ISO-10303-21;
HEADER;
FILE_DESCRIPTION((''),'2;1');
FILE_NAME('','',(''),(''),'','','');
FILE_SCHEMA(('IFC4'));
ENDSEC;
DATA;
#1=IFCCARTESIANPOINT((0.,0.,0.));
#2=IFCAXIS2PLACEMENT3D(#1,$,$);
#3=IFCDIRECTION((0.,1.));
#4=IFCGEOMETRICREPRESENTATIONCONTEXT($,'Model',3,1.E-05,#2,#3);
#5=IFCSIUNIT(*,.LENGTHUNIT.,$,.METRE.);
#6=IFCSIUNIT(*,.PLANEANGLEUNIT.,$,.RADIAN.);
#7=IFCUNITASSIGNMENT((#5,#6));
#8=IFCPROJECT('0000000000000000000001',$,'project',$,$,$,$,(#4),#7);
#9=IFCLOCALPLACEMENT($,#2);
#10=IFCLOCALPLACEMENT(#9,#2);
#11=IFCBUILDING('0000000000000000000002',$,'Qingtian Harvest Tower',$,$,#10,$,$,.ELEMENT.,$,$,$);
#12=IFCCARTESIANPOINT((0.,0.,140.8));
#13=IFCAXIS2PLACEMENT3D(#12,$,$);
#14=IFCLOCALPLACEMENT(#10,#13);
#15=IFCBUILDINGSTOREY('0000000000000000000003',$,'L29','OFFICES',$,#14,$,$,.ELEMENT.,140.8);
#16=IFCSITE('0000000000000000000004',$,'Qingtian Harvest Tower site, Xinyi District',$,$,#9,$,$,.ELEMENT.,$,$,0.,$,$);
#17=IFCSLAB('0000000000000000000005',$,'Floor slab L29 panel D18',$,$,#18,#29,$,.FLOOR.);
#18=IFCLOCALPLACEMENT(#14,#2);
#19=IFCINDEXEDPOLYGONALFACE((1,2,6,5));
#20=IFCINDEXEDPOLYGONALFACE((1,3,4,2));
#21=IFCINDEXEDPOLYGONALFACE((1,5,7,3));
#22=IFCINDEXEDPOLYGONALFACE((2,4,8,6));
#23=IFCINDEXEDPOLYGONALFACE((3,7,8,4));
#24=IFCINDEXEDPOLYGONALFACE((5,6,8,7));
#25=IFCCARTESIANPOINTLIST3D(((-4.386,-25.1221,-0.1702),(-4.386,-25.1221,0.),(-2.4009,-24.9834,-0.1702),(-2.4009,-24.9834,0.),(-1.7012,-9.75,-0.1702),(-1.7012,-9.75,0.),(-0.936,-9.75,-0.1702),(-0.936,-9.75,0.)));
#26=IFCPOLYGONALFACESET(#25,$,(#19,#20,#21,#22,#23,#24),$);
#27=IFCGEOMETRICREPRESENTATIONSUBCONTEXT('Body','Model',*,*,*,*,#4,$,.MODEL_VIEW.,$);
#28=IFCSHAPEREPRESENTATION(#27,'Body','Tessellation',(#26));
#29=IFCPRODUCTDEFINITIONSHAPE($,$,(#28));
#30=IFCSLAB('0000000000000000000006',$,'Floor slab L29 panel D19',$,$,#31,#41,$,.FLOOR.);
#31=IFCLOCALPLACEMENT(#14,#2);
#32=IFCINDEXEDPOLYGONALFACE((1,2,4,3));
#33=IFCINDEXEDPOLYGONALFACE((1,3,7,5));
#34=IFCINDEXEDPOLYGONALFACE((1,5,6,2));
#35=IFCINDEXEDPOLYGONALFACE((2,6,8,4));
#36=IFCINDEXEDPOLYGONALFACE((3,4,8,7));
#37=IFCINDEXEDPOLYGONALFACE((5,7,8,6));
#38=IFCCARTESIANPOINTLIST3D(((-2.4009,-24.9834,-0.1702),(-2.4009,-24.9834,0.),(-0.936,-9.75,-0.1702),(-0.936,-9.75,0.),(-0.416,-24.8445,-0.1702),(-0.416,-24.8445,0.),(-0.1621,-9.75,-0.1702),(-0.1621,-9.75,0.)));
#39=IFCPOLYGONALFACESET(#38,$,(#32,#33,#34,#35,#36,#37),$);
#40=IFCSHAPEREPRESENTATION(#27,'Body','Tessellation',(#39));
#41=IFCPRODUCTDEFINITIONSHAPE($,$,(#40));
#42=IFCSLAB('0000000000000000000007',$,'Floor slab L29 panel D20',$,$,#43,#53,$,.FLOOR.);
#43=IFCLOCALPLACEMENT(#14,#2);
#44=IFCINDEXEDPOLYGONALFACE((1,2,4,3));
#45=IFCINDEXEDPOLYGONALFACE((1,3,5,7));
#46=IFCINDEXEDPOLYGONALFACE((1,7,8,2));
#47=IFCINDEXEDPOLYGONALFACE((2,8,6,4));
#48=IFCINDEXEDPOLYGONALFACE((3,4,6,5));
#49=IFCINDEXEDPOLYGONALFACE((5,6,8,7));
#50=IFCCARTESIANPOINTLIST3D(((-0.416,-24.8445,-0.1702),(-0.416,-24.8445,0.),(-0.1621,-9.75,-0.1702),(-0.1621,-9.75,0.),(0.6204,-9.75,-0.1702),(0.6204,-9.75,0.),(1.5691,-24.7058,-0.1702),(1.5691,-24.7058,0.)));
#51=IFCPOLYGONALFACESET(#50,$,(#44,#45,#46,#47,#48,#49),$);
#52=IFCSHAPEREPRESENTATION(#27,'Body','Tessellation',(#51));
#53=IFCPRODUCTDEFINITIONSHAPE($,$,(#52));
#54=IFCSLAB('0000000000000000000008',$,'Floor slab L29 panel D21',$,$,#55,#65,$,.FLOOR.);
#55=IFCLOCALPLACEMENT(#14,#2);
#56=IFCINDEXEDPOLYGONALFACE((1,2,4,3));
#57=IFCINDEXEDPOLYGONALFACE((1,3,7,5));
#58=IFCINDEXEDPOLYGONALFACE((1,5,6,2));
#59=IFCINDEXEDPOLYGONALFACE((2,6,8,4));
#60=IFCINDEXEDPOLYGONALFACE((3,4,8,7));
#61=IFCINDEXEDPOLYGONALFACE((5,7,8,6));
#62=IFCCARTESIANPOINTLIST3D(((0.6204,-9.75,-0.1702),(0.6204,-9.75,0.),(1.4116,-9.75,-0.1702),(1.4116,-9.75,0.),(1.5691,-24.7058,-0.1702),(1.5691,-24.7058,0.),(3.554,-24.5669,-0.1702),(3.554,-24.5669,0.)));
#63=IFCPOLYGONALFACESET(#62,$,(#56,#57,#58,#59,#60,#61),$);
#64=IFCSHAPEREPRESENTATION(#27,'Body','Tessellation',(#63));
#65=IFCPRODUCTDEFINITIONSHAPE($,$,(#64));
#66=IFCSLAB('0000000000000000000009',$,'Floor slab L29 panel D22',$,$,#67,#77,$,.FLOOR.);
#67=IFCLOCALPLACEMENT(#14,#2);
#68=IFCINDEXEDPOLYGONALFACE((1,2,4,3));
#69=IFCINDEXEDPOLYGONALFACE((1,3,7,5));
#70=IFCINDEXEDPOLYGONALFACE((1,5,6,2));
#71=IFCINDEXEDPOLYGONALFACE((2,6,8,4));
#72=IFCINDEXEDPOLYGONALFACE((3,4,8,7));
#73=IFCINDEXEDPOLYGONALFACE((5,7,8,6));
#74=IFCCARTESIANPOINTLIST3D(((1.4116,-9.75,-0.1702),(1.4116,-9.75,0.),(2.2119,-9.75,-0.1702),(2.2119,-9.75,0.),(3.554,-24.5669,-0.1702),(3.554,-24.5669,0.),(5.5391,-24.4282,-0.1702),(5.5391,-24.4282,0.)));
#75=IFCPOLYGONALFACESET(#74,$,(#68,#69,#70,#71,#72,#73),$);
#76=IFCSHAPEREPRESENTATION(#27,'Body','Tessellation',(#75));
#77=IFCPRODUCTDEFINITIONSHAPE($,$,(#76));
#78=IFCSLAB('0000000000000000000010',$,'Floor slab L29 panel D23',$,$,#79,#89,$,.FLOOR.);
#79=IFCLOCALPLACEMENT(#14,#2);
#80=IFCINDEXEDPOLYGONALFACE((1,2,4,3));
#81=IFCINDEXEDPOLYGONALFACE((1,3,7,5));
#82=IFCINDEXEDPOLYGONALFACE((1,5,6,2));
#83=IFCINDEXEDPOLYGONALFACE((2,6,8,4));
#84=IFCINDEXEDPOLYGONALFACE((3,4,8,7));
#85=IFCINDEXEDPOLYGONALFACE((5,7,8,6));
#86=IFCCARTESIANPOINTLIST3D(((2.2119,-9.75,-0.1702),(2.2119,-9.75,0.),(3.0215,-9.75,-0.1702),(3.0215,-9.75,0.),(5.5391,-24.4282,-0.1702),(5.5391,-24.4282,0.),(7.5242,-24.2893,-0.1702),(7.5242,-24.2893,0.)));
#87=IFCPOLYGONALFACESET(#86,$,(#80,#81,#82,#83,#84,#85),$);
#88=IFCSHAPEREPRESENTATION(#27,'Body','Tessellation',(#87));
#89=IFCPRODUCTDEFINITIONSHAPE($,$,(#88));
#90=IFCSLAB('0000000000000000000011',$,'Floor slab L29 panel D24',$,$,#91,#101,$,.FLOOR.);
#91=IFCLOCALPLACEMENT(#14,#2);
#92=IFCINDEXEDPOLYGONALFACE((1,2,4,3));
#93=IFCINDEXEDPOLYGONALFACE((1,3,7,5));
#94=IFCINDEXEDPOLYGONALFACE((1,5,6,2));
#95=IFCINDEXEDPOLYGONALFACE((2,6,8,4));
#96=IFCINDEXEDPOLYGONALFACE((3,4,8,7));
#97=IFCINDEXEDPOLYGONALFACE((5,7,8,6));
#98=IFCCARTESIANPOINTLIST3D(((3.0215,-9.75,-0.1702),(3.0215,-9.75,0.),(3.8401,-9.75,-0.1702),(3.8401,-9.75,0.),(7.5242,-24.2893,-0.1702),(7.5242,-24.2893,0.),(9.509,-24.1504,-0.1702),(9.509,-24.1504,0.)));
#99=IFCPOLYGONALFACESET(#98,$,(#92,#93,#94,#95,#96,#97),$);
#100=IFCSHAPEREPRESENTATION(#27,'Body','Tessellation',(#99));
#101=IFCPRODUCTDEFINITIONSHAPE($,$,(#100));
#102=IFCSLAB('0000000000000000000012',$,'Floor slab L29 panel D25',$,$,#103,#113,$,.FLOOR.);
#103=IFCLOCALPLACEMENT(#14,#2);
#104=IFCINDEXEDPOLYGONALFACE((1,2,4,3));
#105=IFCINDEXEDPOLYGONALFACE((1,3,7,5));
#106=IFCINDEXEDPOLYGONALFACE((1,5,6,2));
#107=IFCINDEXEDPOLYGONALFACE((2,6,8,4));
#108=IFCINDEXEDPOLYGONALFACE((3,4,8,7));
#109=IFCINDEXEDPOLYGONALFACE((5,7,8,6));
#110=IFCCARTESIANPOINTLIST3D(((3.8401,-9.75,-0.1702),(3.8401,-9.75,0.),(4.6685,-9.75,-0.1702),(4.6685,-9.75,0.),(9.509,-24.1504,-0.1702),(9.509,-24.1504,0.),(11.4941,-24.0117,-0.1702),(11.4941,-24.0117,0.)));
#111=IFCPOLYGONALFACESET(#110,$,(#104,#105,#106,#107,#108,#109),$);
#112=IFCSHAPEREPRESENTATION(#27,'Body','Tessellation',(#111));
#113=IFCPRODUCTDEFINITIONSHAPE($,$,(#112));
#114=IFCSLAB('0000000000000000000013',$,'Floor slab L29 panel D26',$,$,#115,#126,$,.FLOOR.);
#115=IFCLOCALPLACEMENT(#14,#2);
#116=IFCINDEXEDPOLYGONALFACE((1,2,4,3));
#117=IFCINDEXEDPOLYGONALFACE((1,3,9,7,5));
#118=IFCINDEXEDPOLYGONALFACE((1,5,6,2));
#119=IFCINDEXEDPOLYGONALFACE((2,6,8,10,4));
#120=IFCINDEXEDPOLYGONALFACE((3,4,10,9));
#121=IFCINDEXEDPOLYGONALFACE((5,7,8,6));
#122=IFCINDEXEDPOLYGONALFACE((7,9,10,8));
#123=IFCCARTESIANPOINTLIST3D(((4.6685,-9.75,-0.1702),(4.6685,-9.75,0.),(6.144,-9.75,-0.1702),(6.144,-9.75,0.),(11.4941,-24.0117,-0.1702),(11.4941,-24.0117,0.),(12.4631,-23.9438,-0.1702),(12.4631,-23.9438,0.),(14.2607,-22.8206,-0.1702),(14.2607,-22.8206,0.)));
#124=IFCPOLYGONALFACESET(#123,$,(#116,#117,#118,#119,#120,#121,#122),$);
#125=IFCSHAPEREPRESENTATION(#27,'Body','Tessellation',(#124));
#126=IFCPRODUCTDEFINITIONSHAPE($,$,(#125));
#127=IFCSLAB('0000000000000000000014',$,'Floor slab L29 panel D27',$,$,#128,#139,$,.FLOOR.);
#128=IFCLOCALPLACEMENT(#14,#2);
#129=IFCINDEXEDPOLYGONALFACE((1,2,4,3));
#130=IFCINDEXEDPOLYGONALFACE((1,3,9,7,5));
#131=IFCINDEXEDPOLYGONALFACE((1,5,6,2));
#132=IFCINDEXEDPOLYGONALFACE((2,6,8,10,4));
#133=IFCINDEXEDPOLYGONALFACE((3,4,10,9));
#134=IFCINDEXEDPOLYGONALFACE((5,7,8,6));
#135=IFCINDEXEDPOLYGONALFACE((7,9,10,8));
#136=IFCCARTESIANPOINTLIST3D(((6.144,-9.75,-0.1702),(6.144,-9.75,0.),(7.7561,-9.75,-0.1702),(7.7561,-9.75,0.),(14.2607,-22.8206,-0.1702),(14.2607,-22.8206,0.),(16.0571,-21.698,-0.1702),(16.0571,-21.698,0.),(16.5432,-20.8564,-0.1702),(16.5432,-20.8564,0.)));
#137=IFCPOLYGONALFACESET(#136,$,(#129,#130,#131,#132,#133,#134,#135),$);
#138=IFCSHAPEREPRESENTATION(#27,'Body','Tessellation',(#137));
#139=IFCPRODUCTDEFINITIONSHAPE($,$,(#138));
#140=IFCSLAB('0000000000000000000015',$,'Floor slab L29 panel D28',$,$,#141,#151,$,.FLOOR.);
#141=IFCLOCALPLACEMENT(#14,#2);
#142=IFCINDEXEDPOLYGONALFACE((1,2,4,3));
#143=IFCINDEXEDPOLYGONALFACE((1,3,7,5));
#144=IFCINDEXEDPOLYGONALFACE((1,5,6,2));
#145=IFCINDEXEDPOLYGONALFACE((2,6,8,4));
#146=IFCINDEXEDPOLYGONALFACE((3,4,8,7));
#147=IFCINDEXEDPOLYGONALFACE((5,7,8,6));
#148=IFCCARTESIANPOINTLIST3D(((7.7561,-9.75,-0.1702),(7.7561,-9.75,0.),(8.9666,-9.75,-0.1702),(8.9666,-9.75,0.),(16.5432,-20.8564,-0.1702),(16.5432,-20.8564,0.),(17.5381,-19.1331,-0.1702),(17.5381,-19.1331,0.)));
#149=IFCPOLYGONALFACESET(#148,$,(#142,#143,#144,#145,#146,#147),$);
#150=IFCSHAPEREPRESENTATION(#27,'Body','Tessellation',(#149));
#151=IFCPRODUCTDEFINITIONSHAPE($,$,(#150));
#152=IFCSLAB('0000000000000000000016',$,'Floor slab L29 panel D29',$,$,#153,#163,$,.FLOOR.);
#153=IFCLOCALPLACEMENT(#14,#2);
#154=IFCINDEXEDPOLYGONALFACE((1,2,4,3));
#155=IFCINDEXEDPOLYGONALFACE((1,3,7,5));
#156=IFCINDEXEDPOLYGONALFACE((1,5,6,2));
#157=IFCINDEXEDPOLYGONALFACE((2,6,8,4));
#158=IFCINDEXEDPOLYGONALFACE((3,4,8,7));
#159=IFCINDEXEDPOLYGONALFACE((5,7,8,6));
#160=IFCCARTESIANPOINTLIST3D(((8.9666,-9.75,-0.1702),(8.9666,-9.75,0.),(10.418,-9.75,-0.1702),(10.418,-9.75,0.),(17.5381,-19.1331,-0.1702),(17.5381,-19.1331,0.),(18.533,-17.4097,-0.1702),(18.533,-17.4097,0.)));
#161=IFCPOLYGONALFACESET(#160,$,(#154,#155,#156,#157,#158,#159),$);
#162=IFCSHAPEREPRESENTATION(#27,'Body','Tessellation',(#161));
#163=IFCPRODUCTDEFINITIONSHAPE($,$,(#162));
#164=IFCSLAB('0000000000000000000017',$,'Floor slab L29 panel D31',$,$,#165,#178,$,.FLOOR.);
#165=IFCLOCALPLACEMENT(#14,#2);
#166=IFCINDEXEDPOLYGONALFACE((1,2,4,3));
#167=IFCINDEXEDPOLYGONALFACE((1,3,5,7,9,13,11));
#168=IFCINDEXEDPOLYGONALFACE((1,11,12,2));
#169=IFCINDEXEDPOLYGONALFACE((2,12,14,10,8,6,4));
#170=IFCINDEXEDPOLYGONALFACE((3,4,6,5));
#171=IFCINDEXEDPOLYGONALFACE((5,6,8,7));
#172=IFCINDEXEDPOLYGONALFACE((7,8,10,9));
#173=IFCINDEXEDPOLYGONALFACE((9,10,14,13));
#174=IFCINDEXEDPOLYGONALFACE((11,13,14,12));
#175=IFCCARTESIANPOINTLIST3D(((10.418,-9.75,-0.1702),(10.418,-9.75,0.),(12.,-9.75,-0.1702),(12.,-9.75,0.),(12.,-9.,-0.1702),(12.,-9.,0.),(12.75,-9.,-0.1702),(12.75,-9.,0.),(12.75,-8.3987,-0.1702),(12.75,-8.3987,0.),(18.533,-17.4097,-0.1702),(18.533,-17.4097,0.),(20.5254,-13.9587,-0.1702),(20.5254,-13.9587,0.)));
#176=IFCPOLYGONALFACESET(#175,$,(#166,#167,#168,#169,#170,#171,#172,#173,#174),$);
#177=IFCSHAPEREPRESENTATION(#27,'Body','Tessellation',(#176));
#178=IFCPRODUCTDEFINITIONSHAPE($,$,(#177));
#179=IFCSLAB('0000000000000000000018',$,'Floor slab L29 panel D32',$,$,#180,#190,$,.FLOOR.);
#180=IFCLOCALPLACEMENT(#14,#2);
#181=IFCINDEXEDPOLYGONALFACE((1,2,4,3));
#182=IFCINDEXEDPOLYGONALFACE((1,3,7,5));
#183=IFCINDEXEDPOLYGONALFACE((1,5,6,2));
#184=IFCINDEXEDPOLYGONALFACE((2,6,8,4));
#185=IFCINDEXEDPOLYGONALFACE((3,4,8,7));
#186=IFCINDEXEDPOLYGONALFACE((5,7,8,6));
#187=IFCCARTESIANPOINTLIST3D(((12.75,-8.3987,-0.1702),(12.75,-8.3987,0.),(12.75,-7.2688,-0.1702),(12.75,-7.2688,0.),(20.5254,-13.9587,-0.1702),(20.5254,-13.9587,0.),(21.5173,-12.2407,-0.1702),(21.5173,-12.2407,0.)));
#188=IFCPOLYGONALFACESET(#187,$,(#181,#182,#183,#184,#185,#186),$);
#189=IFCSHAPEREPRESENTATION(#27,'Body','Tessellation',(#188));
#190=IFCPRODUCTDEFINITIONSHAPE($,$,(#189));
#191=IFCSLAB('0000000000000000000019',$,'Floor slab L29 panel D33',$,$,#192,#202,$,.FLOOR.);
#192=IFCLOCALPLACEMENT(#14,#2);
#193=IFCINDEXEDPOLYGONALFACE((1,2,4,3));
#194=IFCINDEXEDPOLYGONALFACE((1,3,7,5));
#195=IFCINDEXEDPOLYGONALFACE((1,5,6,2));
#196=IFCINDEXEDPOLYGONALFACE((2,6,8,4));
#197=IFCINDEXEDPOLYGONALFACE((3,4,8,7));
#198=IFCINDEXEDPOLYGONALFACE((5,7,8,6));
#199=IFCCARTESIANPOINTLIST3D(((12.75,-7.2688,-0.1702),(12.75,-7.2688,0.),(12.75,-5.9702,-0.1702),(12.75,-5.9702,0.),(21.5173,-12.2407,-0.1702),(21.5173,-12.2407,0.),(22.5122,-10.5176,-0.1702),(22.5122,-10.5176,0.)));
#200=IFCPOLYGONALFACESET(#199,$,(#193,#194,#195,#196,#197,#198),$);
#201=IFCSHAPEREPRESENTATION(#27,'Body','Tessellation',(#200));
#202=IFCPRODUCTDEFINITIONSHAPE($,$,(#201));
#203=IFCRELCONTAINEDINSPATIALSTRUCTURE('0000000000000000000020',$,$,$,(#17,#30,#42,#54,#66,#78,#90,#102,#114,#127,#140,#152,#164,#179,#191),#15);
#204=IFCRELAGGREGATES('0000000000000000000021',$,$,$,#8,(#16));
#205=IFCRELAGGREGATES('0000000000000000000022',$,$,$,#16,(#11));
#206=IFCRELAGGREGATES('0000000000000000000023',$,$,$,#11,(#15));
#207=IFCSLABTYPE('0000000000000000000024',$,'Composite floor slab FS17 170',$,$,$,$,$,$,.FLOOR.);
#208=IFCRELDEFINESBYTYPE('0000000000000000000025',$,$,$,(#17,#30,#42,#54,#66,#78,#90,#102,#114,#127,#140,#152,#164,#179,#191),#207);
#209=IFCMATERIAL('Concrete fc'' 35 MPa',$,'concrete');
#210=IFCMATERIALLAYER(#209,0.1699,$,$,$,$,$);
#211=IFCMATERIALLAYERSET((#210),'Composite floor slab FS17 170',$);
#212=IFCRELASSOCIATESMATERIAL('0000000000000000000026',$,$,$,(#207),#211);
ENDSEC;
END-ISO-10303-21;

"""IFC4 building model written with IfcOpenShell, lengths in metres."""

from ifc_helpers import new_model, si_unit, direction, frame, origin, place, context, subcontext, project, spatial, polyline, outline, extrude, material, layer, layer_set, type_object, element, save


model = new_model("IFC4")

# Units and contexts
model_context = context("Model", 3, precision=1e-05, world=origin(), true_north=direction((0.0, 1.0)))
body_context = subcontext(model_context, "Body", "Model", "MODEL_VIEW")
ifc_project = project(units=[si_unit("LENGTHUNIT", "METRE"), si_unit("PLANEANGLEUNIT", "RADIAN")], contexts=[model_context])

# Site, building, storey
site_placement = place(None, origin())
site = spatial("IfcSite", under=ifc_project, at=site_placement, Name="Qingtian Harvest Tower site, Xinyi District", CompositionType="ELEMENT", RefElevation=0.0)
building_placement = place(site_placement, origin())
building = spatial("IfcBuilding", under=site, at=building_placement, Name="Qingtian Harvest Tower", CompositionType="ELEMENT")
storey_placement = place(building_placement, frame((0.0, 0.0, 140.8)))
storey = spatial("IfcBuildingStorey", under=building, at=storey_placement, Name="L29", Description="OFFICES", CompositionType="ELEMENT", Elevation=140.8)

# Slabs
ifc_material = material(Name="Concrete fc' 35 MPa", Category="concrete")
ifc_layer = layer(ifc_material, 0.1699)
ifc_layer_set = layer_set([ifc_layer], Name="Composite floor slab FS17 170")
slab_type = type_object("IfcSlabType", Name="Composite floor slab FS17 170", PredefinedType="FLOOR", material=ifc_layer_set)
slab_1_placement = place(storey_placement, frame((0.0, 0.0, -0.1702)))
element("IfcSlab", 1, at=slab_1_placement, inside=storey, type_object=slab_type, Name="Floor slab L29 panel D18", PredefinedType="FLOOR", context=body_context, shape_type="SweptSolid", body=[
    extrude(outline(polyline([(-0.936, -9.75), (-2.4009, -24.9834), (-4.386, -25.1221), (-1.7012, -9.75), (-0.936, -9.75)])), origin(), (0.0, 0.0, 1.0), 0.1702),
])
slab_2_placement = place(storey_placement, frame((0.0, 0.0, -0.1702)))
element("IfcSlab", 2, at=slab_2_placement, inside=storey, type_object=slab_type, Name="Floor slab L29 panel D19", PredefinedType="FLOOR", context=body_context, shape_type="SweptSolid", body=[
    extrude(outline(polyline([(-0.1621, -9.75), (-0.416, -24.8445), (-2.4009, -24.9834), (-0.936, -9.75), (-0.1621, -9.75)])), origin(), (0.0, 0.0, 1.0), 0.1702),
])
slab_3_placement = place(storey_placement, frame((0.0, 0.0, -0.1702)))
element("IfcSlab", 3, at=slab_3_placement, inside=storey, type_object=slab_type, Name="Floor slab L29 panel D20", PredefinedType="FLOOR", context=body_context, shape_type="SweptSolid", body=[
    extrude(outline(polyline([(0.6204, -9.75), (1.5691, -24.7058), (-0.416, -24.8445), (-0.1621, -9.75), (0.6204, -9.75)])), origin(), (0.0, 0.0, 1.0), 0.1702),
])
slab_4_placement = place(storey_placement, frame((0.0, 0.0, -0.1702)))
element("IfcSlab", 4, at=slab_4_placement, inside=storey, type_object=slab_type, Name="Floor slab L29 panel D21", PredefinedType="FLOOR", context=body_context, shape_type="SweptSolid", body=[
    extrude(outline(polyline([(1.4116, -9.75), (3.554, -24.5669), (1.5691, -24.7058), (0.6204, -9.75), (1.4116, -9.75)])), origin(), (0.0, 0.0, 1.0), 0.1702),
])
slab_5_placement = place(storey_placement, frame((0.0, 0.0, -0.1702)))
element("IfcSlab", 5, at=slab_5_placement, inside=storey, type_object=slab_type, Name="Floor slab L29 panel D22", PredefinedType="FLOOR", context=body_context, shape_type="SweptSolid", body=[
    extrude(outline(polyline([(2.2119, -9.75), (5.5391, -24.4282), (3.554, -24.5669), (1.4116, -9.75), (2.2119, -9.75)])), origin(), (0.0, 0.0, 1.0), 0.1702),
])
slab_6_placement = place(storey_placement, frame((0.0, 0.0, -0.1702)))
element("IfcSlab", 6, at=slab_6_placement, inside=storey, type_object=slab_type, Name="Floor slab L29 panel D23", PredefinedType="FLOOR", context=body_context, shape_type="SweptSolid", body=[
    extrude(outline(polyline([(3.0215, -9.75), (7.5242, -24.2893), (5.5391, -24.4282), (2.2119, -9.75), (3.0215, -9.75)])), origin(), (0.0, 0.0, 1.0), 0.1702),
])
slab_7_placement = place(storey_placement, frame((0.0, 0.0, -0.1702)))
element("IfcSlab", 7, at=slab_7_placement, inside=storey, type_object=slab_type, Name="Floor slab L29 panel D24", PredefinedType="FLOOR", context=body_context, shape_type="SweptSolid", body=[
    extrude(outline(polyline([(3.8401, -9.75), (9.509, -24.1504), (7.5242, -24.2893), (3.0215, -9.75), (3.8401, -9.75)])), origin(), (0.0, 0.0, 1.0), 0.1702),
])
slab_8_placement = place(storey_placement, frame((0.0, 0.0, -0.1702)))
element("IfcSlab", 8, at=slab_8_placement, inside=storey, type_object=slab_type, Name="Floor slab L29 panel D25", PredefinedType="FLOOR", context=body_context, shape_type="SweptSolid", body=[
    extrude(outline(polyline([(4.6685, -9.75), (11.4941, -24.0117), (9.509, -24.1504), (3.8401, -9.75), (4.6685, -9.75)])), origin(), (0.0, 0.0, 1.0), 0.1702),
])
slab_9_placement = place(storey_placement, frame((0.0, 0.0, -0.1702)))
element("IfcSlab", 9, at=slab_9_placement, inside=storey, type_object=slab_type, Name="Floor slab L29 panel D26", PredefinedType="FLOOR", context=body_context, shape_type="SweptSolid", body=[
    extrude(outline(polyline([(4.6685, -9.75), (6.144, -9.75), (14.2607, -22.8206), (12.4631, -23.9438), (11.4941, -24.0117), (4.6685, -9.75)])), origin(), (0.0, 0.0, 1.0), 0.1702),
])
slab_10_placement = place(storey_placement, frame((0.0, 0.0, -0.1702)))
element("IfcSlab", 10, at=slab_10_placement, inside=storey, type_object=slab_type, Name="Floor slab L29 panel D27", PredefinedType="FLOOR", context=body_context, shape_type="SweptSolid", body=[
    extrude(outline(polyline([(6.144, -9.75), (7.7561, -9.75), (16.5432, -20.8564), (16.0571, -21.698), (14.2607, -22.8206), (6.144, -9.75)])), origin(), (0.0, 0.0, 1.0), 0.1702),
])
slab_11_placement = place(storey_placement, frame((0.0, 0.0, -0.1702)))
element("IfcSlab", 11, at=slab_11_placement, inside=storey, type_object=slab_type, Name="Floor slab L29 panel D28", PredefinedType="FLOOR", context=body_context, shape_type="SweptSolid", body=[
    extrude(outline(polyline([(8.9666, -9.75), (17.5381, -19.1331), (16.5432, -20.8564), (7.7561, -9.75), (8.9666, -9.75)])), origin(), (0.0, 0.0, 1.0), 0.1702),
])
slab_12_placement = place(storey_placement, frame((0.0, 0.0, -0.1702)))
element("IfcSlab", 12, at=slab_12_placement, inside=storey, type_object=slab_type, Name="Floor slab L29 panel D29", PredefinedType="FLOOR", context=body_context, shape_type="SweptSolid", body=[
    extrude(outline(polyline([(10.418, -9.75), (18.533, -17.4097), (17.5381, -19.1331), (8.9666, -9.75), (10.418, -9.75)])), origin(), (0.0, 0.0, 1.0), 0.1702),
])
slab_13_placement = place(storey_placement, frame((0.0, 0.0, -0.1702)))
element("IfcSlab", 13, at=slab_13_placement, inside=storey, type_object=slab_type, Name="Floor slab L29 panel D31", PredefinedType="FLOOR", context=body_context, shape_type="SweptSolid", body=[
    extrude(outline(polyline([(12.75, -8.3987), (20.5254, -13.9587), (18.533, -17.4097), (10.418, -9.75), (12.0, -9.75), (12.0, -9.0), (12.75, -9.0), (12.75, -8.3987)])), origin(), (0.0, 0.0, 1.0), 0.1702),
])
slab_14_placement = place(storey_placement, frame((0.0, 0.0, -0.1702)))
element("IfcSlab", 14, at=slab_14_placement, inside=storey, type_object=slab_type, Name="Floor slab L29 panel D32", PredefinedType="FLOOR", context=body_context, shape_type="SweptSolid", body=[
    extrude(outline(polyline([(12.75, -7.2688), (21.5173, -12.2407), (20.5254, -13.9587), (12.75, -8.3987), (12.75, -7.2688)])), origin(), (0.0, 0.0, 1.0), 0.1702),
])
slab_15_placement = place(storey_placement, frame((0.0, 0.0, -0.1702)))
element("IfcSlab", 15, at=slab_15_placement, inside=storey, type_object=slab_type, Name="Floor slab L29 panel D33", PredefinedType="FLOOR", context=body_context, shape_type="SweptSolid", body=[
    extrude(outline(polyline([(12.75, -5.9702), (22.5122, -10.5176), (21.5173, -12.2407), (12.75, -7.2688), (12.75, -5.9702)])), origin(), (0.0, 0.0, 1.0), 0.1702),
])

save(model, "model.ifc")
